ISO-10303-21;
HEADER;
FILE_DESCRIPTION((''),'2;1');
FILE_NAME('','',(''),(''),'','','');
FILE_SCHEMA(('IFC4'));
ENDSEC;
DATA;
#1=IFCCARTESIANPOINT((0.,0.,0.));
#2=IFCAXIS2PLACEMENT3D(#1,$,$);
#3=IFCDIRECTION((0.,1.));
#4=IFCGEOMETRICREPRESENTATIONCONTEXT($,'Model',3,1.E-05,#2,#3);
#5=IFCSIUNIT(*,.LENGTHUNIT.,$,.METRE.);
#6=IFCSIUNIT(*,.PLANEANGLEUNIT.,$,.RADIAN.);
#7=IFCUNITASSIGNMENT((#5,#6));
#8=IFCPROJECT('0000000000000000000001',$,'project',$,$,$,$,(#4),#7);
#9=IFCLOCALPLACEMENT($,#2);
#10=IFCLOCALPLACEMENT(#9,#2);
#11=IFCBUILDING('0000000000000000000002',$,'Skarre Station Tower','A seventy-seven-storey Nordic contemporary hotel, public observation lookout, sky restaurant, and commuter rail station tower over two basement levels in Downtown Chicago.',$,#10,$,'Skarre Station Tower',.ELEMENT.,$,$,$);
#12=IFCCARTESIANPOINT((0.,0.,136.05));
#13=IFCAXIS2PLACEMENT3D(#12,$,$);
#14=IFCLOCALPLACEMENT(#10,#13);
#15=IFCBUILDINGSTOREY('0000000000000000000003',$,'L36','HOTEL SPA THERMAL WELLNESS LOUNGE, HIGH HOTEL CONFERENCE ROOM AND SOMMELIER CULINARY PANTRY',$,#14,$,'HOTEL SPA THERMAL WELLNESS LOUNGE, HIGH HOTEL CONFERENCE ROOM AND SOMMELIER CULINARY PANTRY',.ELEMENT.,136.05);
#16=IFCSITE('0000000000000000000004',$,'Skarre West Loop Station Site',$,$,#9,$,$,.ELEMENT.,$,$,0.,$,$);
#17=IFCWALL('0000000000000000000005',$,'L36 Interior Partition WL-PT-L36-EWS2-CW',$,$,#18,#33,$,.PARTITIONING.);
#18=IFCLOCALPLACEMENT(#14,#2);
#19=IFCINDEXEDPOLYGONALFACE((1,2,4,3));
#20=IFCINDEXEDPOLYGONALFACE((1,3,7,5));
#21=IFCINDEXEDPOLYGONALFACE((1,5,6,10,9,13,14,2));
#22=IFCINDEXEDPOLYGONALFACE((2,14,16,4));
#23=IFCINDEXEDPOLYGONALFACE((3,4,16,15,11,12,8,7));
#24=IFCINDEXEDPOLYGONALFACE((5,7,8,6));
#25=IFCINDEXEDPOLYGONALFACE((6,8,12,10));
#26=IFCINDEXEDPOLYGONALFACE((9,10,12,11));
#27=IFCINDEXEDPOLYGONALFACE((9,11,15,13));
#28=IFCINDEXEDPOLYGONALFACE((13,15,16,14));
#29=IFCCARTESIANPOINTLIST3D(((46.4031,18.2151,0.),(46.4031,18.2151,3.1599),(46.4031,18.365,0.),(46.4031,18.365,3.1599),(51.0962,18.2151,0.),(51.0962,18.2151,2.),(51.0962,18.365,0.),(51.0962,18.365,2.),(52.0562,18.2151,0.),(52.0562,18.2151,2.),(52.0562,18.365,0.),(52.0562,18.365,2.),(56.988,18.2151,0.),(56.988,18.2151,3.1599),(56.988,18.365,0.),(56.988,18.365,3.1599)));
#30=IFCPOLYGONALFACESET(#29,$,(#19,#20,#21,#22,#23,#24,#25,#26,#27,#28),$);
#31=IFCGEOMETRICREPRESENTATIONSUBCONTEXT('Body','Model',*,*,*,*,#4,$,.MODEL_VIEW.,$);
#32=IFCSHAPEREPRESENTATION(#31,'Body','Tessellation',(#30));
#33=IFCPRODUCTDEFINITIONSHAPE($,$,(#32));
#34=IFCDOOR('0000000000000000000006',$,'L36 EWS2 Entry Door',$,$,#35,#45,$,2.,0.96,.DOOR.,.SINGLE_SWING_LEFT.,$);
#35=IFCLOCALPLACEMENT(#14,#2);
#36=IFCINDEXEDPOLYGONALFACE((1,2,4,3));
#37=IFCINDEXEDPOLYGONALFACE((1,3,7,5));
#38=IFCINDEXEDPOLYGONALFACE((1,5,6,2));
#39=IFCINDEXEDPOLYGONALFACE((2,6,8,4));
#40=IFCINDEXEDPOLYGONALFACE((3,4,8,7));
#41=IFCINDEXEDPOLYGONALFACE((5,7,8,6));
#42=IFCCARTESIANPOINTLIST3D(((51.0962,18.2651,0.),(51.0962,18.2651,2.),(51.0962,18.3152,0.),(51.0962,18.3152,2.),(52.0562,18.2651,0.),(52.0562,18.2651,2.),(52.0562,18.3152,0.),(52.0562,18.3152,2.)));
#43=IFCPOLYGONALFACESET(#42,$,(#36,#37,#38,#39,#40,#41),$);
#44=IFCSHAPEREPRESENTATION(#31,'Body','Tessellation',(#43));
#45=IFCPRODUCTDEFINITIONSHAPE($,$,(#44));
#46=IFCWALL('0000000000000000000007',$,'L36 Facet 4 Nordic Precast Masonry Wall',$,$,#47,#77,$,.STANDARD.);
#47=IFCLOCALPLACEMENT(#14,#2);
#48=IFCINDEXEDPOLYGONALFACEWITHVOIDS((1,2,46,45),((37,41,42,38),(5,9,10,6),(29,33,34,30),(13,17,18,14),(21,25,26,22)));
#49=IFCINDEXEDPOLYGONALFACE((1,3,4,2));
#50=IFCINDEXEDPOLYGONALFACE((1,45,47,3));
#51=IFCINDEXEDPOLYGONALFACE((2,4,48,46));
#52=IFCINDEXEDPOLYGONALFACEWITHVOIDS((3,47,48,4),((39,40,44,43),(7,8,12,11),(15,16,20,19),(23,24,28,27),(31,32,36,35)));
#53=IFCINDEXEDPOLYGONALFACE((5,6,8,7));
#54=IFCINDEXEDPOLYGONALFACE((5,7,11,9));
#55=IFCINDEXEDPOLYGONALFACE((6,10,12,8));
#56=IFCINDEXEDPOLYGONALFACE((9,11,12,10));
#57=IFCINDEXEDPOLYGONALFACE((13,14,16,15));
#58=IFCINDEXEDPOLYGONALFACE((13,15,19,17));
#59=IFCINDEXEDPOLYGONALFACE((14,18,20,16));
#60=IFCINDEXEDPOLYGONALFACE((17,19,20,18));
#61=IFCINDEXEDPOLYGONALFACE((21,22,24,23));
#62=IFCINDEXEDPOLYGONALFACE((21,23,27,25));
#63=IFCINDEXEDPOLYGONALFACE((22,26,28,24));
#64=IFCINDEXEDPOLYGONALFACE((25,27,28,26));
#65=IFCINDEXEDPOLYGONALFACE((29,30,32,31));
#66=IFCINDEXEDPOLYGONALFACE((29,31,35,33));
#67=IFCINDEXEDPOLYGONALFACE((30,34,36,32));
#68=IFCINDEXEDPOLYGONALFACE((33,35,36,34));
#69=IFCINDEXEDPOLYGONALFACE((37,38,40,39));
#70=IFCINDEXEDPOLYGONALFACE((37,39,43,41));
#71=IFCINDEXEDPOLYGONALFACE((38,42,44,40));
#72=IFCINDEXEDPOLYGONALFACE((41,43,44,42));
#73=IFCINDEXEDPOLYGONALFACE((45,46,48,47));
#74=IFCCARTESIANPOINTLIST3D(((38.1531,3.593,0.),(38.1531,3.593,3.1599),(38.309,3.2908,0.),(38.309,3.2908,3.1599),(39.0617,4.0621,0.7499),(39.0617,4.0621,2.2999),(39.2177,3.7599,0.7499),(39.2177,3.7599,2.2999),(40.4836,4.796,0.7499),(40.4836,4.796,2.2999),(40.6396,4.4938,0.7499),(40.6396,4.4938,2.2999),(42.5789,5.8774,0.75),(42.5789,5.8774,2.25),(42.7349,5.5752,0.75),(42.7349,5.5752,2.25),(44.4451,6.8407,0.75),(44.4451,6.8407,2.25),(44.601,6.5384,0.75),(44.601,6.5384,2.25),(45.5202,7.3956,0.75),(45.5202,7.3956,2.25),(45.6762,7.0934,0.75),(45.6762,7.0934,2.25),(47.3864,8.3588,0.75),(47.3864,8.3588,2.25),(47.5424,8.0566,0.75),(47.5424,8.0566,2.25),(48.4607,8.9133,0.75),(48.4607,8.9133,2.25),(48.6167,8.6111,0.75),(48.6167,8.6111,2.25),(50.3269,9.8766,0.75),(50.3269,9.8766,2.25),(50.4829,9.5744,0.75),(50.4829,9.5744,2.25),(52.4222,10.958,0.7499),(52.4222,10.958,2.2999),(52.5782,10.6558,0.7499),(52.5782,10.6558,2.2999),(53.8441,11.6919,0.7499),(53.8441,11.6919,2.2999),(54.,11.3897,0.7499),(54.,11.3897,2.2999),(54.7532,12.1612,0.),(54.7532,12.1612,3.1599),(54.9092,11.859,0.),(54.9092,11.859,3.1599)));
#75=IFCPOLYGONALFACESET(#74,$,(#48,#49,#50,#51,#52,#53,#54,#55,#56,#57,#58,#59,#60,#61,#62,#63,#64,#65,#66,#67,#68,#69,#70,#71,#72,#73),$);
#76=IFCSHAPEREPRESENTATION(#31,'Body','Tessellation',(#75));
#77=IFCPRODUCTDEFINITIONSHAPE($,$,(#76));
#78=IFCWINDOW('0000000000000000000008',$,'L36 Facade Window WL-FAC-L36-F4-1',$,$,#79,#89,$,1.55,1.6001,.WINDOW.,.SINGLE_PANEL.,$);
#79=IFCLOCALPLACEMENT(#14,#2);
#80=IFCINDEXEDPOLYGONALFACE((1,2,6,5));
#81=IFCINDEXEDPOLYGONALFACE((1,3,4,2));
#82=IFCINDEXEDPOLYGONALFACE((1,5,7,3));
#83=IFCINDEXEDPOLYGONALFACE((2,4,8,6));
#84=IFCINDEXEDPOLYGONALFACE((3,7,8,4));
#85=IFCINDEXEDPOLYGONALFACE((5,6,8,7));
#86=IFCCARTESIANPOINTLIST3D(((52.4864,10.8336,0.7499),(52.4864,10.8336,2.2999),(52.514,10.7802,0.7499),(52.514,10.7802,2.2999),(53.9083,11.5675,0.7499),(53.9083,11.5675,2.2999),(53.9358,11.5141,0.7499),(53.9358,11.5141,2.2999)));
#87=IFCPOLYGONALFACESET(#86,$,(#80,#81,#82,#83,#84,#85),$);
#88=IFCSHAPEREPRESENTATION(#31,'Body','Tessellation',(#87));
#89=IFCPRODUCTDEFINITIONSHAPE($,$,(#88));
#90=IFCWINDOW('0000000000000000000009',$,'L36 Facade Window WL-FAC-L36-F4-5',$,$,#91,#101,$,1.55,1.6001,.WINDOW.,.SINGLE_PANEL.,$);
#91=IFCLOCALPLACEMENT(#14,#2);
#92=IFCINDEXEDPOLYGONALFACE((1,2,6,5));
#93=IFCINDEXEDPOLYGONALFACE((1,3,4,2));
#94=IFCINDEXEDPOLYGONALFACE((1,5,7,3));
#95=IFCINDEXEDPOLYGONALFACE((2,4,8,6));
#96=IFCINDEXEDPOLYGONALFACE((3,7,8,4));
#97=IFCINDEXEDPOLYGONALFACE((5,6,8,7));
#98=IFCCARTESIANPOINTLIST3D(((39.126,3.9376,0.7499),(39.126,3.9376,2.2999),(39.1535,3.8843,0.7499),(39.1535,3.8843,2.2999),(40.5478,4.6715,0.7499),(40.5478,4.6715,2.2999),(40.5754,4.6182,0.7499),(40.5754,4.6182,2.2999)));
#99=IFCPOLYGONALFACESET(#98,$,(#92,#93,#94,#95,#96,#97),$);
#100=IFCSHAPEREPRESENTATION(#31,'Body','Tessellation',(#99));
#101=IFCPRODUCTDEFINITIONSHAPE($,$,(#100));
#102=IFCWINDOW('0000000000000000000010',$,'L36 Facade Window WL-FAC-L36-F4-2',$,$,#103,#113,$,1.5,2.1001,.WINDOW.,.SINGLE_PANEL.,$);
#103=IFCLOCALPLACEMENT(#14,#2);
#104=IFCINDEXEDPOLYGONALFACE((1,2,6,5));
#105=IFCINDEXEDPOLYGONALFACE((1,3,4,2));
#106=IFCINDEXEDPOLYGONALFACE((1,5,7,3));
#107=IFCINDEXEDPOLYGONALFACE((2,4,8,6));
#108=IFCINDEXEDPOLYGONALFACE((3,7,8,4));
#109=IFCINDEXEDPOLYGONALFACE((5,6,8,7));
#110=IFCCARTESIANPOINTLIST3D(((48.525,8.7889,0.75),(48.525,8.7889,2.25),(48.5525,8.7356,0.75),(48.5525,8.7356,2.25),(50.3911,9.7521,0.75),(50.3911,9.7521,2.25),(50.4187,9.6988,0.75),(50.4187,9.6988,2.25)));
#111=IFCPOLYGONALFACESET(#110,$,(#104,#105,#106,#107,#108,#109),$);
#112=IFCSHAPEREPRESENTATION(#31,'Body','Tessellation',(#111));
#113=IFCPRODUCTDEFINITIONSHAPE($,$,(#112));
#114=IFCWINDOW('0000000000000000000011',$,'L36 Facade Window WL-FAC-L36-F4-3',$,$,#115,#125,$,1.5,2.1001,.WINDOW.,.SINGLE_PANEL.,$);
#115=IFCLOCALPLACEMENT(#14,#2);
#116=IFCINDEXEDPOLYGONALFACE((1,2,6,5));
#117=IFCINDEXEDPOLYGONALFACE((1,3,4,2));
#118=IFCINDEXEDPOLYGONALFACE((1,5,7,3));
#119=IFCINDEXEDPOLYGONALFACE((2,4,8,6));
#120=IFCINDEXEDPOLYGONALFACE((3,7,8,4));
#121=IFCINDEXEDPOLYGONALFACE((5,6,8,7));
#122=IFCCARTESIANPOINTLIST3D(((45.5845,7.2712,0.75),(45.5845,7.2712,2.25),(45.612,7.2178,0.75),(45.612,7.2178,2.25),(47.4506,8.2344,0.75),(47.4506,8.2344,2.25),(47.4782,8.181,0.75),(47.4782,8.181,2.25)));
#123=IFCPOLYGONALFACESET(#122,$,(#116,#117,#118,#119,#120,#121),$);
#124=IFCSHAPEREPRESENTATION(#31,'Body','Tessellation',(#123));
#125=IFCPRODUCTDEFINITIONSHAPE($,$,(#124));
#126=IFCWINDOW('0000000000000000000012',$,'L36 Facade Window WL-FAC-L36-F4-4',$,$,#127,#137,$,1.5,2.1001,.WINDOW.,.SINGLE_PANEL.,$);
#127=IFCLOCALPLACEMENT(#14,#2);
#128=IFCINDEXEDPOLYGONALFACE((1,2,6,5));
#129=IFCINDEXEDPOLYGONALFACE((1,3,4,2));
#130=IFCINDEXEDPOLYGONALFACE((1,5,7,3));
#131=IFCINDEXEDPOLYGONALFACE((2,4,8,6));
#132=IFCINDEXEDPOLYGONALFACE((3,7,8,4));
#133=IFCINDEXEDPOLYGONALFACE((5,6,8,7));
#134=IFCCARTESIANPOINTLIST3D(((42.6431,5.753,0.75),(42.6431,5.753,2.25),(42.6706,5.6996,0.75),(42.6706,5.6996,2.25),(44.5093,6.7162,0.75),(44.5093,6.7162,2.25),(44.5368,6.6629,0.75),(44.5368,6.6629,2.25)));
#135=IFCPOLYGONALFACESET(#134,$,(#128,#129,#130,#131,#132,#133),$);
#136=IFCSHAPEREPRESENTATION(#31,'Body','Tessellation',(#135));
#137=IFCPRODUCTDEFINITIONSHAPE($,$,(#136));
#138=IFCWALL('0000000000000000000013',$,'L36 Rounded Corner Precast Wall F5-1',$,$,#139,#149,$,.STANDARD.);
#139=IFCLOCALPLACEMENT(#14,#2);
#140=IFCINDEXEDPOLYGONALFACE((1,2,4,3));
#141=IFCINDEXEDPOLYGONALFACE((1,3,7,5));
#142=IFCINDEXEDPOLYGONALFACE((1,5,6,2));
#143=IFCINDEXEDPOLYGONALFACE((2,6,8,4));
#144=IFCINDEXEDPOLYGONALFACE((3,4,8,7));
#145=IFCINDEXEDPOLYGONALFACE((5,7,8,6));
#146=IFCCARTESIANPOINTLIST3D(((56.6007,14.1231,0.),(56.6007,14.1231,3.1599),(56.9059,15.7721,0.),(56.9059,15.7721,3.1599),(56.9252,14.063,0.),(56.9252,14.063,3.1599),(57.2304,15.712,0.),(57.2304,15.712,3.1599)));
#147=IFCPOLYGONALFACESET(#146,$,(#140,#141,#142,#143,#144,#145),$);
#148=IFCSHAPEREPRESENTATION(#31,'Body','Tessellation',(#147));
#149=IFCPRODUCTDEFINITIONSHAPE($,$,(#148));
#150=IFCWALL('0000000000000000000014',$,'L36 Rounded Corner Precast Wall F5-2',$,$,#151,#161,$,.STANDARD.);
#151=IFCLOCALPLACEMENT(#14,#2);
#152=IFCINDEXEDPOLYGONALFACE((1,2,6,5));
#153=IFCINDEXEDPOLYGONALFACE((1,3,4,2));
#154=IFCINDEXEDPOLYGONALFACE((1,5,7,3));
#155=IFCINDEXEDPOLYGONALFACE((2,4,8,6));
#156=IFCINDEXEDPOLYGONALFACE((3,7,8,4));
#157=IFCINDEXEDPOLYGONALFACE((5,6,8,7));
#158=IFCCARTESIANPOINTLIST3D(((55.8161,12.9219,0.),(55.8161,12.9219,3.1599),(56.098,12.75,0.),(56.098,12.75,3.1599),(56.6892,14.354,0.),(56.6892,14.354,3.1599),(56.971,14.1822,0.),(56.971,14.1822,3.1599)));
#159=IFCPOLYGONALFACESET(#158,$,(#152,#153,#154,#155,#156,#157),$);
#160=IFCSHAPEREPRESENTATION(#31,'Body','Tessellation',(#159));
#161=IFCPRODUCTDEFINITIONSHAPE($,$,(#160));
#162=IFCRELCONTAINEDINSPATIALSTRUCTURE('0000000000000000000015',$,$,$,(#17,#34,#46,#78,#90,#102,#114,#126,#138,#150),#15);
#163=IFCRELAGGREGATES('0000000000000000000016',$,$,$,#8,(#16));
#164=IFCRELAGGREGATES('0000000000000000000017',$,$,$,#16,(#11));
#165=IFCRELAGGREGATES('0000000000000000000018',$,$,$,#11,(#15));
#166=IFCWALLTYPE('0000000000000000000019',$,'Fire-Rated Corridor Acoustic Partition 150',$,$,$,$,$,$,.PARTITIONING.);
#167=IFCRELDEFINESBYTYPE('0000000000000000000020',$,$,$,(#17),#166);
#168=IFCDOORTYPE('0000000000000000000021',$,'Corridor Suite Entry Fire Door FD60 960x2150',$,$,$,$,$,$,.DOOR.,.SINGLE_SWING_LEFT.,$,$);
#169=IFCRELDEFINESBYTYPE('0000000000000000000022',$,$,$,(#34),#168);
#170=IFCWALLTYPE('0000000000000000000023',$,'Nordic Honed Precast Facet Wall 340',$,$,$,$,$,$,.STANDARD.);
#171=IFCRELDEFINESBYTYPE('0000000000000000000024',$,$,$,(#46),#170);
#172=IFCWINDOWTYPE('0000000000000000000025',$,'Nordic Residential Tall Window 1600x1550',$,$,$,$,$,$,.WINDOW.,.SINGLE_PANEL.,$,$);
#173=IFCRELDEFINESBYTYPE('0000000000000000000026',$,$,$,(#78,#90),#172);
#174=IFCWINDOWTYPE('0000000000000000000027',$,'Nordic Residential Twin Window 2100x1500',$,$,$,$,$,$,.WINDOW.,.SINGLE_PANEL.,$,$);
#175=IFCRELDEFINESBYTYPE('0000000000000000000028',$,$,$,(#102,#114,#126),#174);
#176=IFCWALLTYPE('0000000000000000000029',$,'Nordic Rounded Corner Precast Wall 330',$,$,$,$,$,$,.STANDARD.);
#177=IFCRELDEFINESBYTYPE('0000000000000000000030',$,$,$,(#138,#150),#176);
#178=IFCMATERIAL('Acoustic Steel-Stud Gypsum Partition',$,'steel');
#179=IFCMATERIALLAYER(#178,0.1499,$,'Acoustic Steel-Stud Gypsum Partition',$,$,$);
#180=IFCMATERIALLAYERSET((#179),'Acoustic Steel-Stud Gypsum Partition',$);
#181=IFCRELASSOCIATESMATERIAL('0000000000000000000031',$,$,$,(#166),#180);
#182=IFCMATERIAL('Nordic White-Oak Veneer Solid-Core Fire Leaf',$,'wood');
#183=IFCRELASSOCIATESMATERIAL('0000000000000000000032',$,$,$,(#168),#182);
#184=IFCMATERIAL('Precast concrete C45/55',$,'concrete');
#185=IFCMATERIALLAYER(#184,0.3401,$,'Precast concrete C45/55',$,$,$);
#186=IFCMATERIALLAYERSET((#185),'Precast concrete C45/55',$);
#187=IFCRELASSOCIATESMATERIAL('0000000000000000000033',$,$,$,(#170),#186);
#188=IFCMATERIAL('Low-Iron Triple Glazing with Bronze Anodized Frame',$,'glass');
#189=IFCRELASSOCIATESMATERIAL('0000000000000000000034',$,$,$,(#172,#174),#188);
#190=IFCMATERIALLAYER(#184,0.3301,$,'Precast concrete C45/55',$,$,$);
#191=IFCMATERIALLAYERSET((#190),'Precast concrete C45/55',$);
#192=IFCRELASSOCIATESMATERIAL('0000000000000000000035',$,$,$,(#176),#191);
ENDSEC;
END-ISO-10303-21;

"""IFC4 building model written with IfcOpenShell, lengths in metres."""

from ifc_helpers import new_model, si_unit, direction, frame, frame_2d, origin, place, context, subcontext, project, spatial, rectangle, extrude, material, layer, layer_set, type_object, element, fill, save


model = new_model("IFC4")

# Units and contexts
model_context = context("Model", 3, precision=1e-05, world=origin(), true_north=direction((0.0, 1.0)))
body_context = subcontext(model_context, "Body", "Model", "MODEL_VIEW")
ifc_project = project(units=[si_unit("LENGTHUNIT", "METRE"), si_unit("PLANEANGLEUNIT", "RADIAN")], contexts=[model_context])

# Site, building, storey
site_placement = place(None, origin())
site = spatial("IfcSite", under=ifc_project, at=site_placement, Name="Skarre West Loop Station Site", CompositionType="ELEMENT", RefElevation=0.0)
building_placement = place(site_placement, origin())
building = spatial("IfcBuilding", under=site, at=building_placement, Name="Skarre Station Tower", Description="A seventy-seven-storey Nordic contemporary hotel, public observation lookout, sky restaurant, and commuter rail station tower over two basement levels in Downtown Chicago.", LongName="Skarre Station Tower", CompositionType="ELEMENT")
storey_placement = place(building_placement, frame((0.0, 0.0, 136.05)))
storey = spatial("IfcBuildingStorey", under=building, at=storey_placement, Name="L36", Description="HOTEL SPA THERMAL WELLNESS LOUNGE, HIGH HOTEL CONFERENCE ROOM AND SOMMELIER CULINARY PANTRY", LongName="HOTEL SPA THERMAL WELLNESS LOUNGE, HIGH HOTEL CONFERENCE ROOM AND SOMMELIER CULINARY PANTRY", CompositionType="ELEMENT", Elevation=136.05)

# Shared definitions
ifc_material_1 = material(Name="Acoustic Steel-Stud Gypsum Partition", Category="steel")
ifc_layer_1 = layer(ifc_material_1, 0.1499, Name="Acoustic Steel-Stud Gypsum Partition")
ifc_layer_set_1 = layer_set([ifc_layer_1], Name="Acoustic Steel-Stud Gypsum Partition")
wall_type_1 = type_object("IfcWallType", Name="Fire-Rated Corridor Acoustic Partition 150", PredefinedType="PARTITIONING", material=ifc_layer_set_1)

# Wall, opening, door
ifc_material_2 = material(Name="Nordic White-Oak Veneer Solid-Core Fire Leaf", Category="wood")
door_type = type_object("IfcDoorType", Name="Corridor Suite Entry Fire Door FD60 960x2150", OperationType="SINGLE_SWING_LEFT", PredefinedType="DOOR", material=ifc_material_2)
wall_1_placement = place(storey_placement, frame((56.988, 18.29, 0.0), z_axis=(0.0, 0.0, 1.0), x_axis=(-1.0, 0.0, 0.0)))
wall_1 = element("IfcWall", 1, at=wall_1_placement, inside=storey, type_object=wall_type_1, Name="L36 Interior Partition WL-PT-L36-EWS2-CW", PredefinedType="PARTITIONING", context=body_context, shape_type="SweptSolid", body=[
    extrude(rectangle(XDim=10.585, YDim=0.1499, at=frame_2d((5.2925, 0.0))), origin(), (0.0, 0.0, 1.0), 3.1599),
])
opening_1_placement = place(wall_1_placement, frame((4.9319, 0.0, 0.0)))
opening_1 = element("IfcOpeningElement", 2, at=opening_1_placement, cuts=wall_1, PredefinedType="OPENING", context=body_context, shape_type="SweptSolid", body=[
    extrude(rectangle(XDim=0.96, YDim=2.0, at=frame_2d((0.48, 1.0))), frame((0.0, 0.085, 0.0), z_axis=(0.0, -1.0, 0.0), x_axis=(1.0, 0.0, 0.0)), (0.0, 0.0, 1.0), 0.1699),
])
door_1_placement = place(opening_1_placement, origin())
door_1 = element("IfcDoor", 3, at=door_1_placement, inside=storey, type_object=door_type, Name="L36 EWS2 Entry Door", OperationType="SINGLE_SWING_LEFT", OverallHeight=2.0, OverallWidth=0.96, PredefinedType="DOOR", context=body_context, shape_type="SweptSolid", body=[
    extrude(rectangle(XDim=0.96, YDim=2.0, at=frame_2d((0.48, 1.0))), frame((0.0, 0.0249, 0.0), z_axis=(0.0, -1.0, 0.0), x_axis=(1.0, 0.0, 0.0)), (0.0, 0.0, 1.0), 0.05),
])
fill(opening_1, door_1)

# Wall, openings, windows
ifc_material_3 = material(Name="Precast concrete C45/55", Category="concrete")
ifc_layer_2 = layer(ifc_material_3, 0.3401, Name="Precast concrete C45/55")
ifc_layer_set_2 = layer_set([ifc_layer_2], Name="Precast concrete C45/55")
wall_type_2 = type_object("IfcWallType", Name="Nordic Honed Precast Facet Wall 340", PredefinedType="STANDARD", material=ifc_layer_set_2)
wall_2_placement = place(storey_placement, frame((54.8311, 12.01, 0.0), z_axis=(0.0, 0.0, 1.0), x_axis=(-0.888614, -0.458657, 0.0)))
wall_2 = element("IfcWall", 4, at=wall_2_placement, inside=storey, type_object=wall_type_2, Name="L36 Facet 4 Nordic Precast Masonry Wall", PredefinedType="STANDARD", context=body_context, shape_type="SweptSolid", body=[
    extrude(rectangle(XDim=18.6809, YDim=0.3401, at=frame_2d((9.3403, 0.0))), origin(), (0.0, 0.0, 1.0), 3.1599),
])
opening_2_placement = place(wall_2_placement, frame((1.0229, 0.0, 0.75)))
opening_2 = element("IfcOpeningElement", 5, at=opening_2_placement, cuts=wall_2, PredefinedType="OPENING", context=body_context, shape_type="SweptSolid", body=[
    extrude(rectangle(XDim=1.6001, YDim=1.55, at=frame_2d((0.8, 0.7749))), frame((0.0, 0.1799, 0.0), z_axis=(0.0, -1.0, 0.0), x_axis=(1.0, 0.0, 0.0)), (0.0, 0.0, 1.0), 0.3601),
])
opening_3_placement = place(wall_2_placement, frame((4.981, 0.0, 0.75)))
opening_3 = element("IfcOpeningElement", 6, at=opening_3_placement, cuts=wall_2, PredefinedType="OPENING", context=body_context, shape_type="SweptSolid", body=[
    extrude(rectangle(XDim=2.1001, YDim=1.5, at=frame_2d((1.05, 0.75))), frame((0.0, 0.1799, 0.0), z_axis=(0.0, -1.0, 0.0), x_axis=(1.0, 0.0, 0.0)), (0.0, 0.0, 1.0), 0.3601),
])
opening_4_placement = place(wall_2_placement, frame((8.29, 0.0, 0.75)))
opening_4 = element("IfcOpeningElement", 7, at=opening_4_placement, cuts=wall_2, PredefinedType="OPENING", context=body_context, shape_type="SweptSolid", body=[
    extrude(rectangle(XDim=2.1001, YDim=1.5, at=frame_2d((1.05, 0.75))), frame((0.0, 0.1799, 0.0), z_axis=(0.0, -1.0, 0.0), x_axis=(1.0, 0.0, 0.0)), (0.0, 0.0, 1.0), 0.3601),
])
opening_5_placement = place(wall_2_placement, frame((11.6001, 0.0, 0.75)))
opening_5 = element("IfcOpeningElement", 8, at=opening_5_placement, cuts=wall_2, PredefinedType="OPENING", context=body_context, shape_type="SweptSolid", body=[
    extrude(rectangle(XDim=2.1001, YDim=1.5, at=frame_2d((1.05, 0.75))), frame((0.0, 0.1799, 0.0), z_axis=(0.0, -1.0, 0.0), x_axis=(1.0, 0.0, 0.0)), (0.0, 0.0, 1.0), 0.3601),
])
opening_6_placement = place(wall_2_placement, frame((16.0581, 0.0, 0.75)))
opening_6 = element("IfcOpeningElement", 9, at=opening_6_placement, cuts=wall_2, PredefinedType="OPENING", context=body_context, shape_type="SweptSolid", body=[
    extrude(rectangle(XDim=1.6001, YDim=1.55, at=frame_2d((0.8, 0.7749))), frame((0.0, 0.1799, 0.0), z_axis=(0.0, -1.0, 0.0), x_axis=(1.0, 0.0, 0.0)), (0.0, 0.0, 1.0), 0.3601),
])
ifc_material_4 = material(Name="Low-Iron Triple Glazing with Bronze Anodized Frame", Category="glass")
window_type_1 = type_object("IfcWindowType", Name="Nordic Residential Tall Window 1600x1550", PartitioningType="SINGLE_PANEL", PredefinedType="WINDOW", material=ifc_material_4)
window_1_placement = place(opening_2_placement, origin())
window_1 = element("IfcWindow", 10, at=window_1_placement, inside=storey, type_object=window_type_1, Name="L36 Facade Window WL-FAC-L36-F4-1", OverallHeight=1.55, OverallWidth=1.6001, PartitioningType="SINGLE_PANEL", PredefinedType="WINDOW", context=body_context, shape_type="SweptSolid", body=[
    extrude(rectangle(XDim=1.6001, YDim=1.55, at=frame_2d((0.8, 0.7749))), frame((0.0, 0.03, 0.0), z_axis=(0.0, -1.0, 0.0), x_axis=(1.0, 0.0, 0.0)), (0.0, 0.0, 1.0), 0.0601),
])
fill(opening_2, window_1)
window_2_placement = place(opening_6_placement, origin())
window_2 = element("IfcWindow", 11, at=window_2_placement, inside=storey, type_object=window_type_1, Name="L36 Facade Window WL-FAC-L36-F4-5", OverallHeight=1.55, OverallWidth=1.6001, PartitioningType="SINGLE_PANEL", PredefinedType="WINDOW", context=body_context, shape_type="SweptSolid", body=[
    extrude(rectangle(XDim=1.6001, YDim=1.55, at=frame_2d((0.8, 0.7749))), frame((0.0, 0.03, 0.0), z_axis=(0.0, -1.0, 0.0), x_axis=(1.0, 0.0, 0.0)), (0.0, 0.0, 1.0), 0.0601),
])
fill(opening_6, window_2)
window_type_2 = type_object("IfcWindowType", Name="Nordic Residential Twin Window 2100x1500", PartitioningType="SINGLE_PANEL", PredefinedType="WINDOW", material=ifc_material_4)
window_3_placement = place(opening_3_placement, origin())
window_3 = element("IfcWindow", 12, at=window_3_placement, inside=storey, type_object=window_type_2, Name="L36 Facade Window WL-FAC-L36-F4-2", OverallHeight=1.5, OverallWidth=2.1001, PartitioningType="SINGLE_PANEL", PredefinedType="WINDOW", context=body_context, shape_type="SweptSolid", body=[
    extrude(rectangle(XDim=2.1001, YDim=1.5, at=frame_2d((1.05, 0.75))), frame((0.0, 0.03, 0.0), z_axis=(0.0, -1.0, 0.0), x_axis=(1.0, 0.0, 0.0)), (0.0, 0.0, 1.0), 0.0601),
])
fill(opening_3, window_3)
window_4_placement = place(opening_4_placement, origin())
window_4 = element("IfcWindow", 13, at=window_4_placement, inside=storey, type_object=window_type_2, Name="L36 Facade Window WL-FAC-L36-F4-3", OverallHeight=1.5, OverallWidth=2.1001, PartitioningType="SINGLE_PANEL", PredefinedType="WINDOW", context=body_context, shape_type="SweptSolid", body=[
    extrude(rectangle(XDim=2.1001, YDim=1.5, at=frame_2d((1.05, 0.75))), frame((0.0, 0.03, 0.0), z_axis=(0.0, -1.0, 0.0), x_axis=(1.0, 0.0, 0.0)), (0.0, 0.0, 1.0), 0.0601),
])
fill(opening_4, window_4)
window_5_placement = place(opening_5_placement, origin())
window_5 = element("IfcWindow", 14, at=window_5_placement, inside=storey, type_object=window_type_2, Name="L36 Facade Window WL-FAC-L36-F4-4", OverallHeight=1.5, OverallWidth=2.1001, PartitioningType="SINGLE_PANEL", PredefinedType="WINDOW", context=body_context, shape_type="SweptSolid", body=[
    extrude(rectangle(XDim=2.1001, YDim=1.5, at=frame_2d((1.05, 0.75))), frame((0.0, 0.03, 0.0), z_axis=(0.0, -1.0, 0.0), x_axis=(1.0, 0.0, 0.0)), (0.0, 0.0, 1.0), 0.0601),
])
fill(opening_5, window_5)

# Walls
ifc_layer_3 = layer(ifc_material_3, 0.3301, Name="Precast concrete C45/55")
ifc_layer_set_3 = layer_set([ifc_layer_3], Name="Precast concrete C45/55")
wall_type_3 = type_object("IfcWallType", Name="Nordic Rounded Corner Precast Wall 330", PredefinedType="STANDARD", material=ifc_layer_set_3)
wall_3_placement = place(storey_placement, frame((57.0681, 15.7419, 0.0), z_axis=(0.0, 0.0, 1.0), x_axis=(-0.181985, -0.983301, 0.0)))
element("IfcWall", 15, at=wall_3_placement, inside=storey, type_object=wall_type_3, Name="L36 Rounded Corner Precast Wall F5-1", PredefinedType="STANDARD", context=body_context, shape_type="SweptSolid", body=[
    extrude(rectangle(XDim=1.677, YDim=0.3301, at=frame_2d((0.8384, 0.0))), origin(), (0.0, 0.0, 1.0), 3.1599),
])
wall_4_placement = place(storey_placement, frame((56.8301, 14.2681, 0.0), z_axis=(0.0, 0.0, 1.0), x_axis=(-0.520519, -0.85385, 0.0)))
element("IfcWall", 16, at=wall_4_placement, inside=storey, type_object=wall_type_3, Name="L36 Rounded Corner Precast Wall F5-2", PredefinedType="STANDARD", context=body_context, shape_type="SweptSolid", body=[
    extrude(rectangle(XDim=1.6772, YDim=0.3301, at=frame_2d((0.8386, 0.0))), origin(), (0.0, 0.0, 1.0), 3.1599),
])

save(model, "model.ifc")
